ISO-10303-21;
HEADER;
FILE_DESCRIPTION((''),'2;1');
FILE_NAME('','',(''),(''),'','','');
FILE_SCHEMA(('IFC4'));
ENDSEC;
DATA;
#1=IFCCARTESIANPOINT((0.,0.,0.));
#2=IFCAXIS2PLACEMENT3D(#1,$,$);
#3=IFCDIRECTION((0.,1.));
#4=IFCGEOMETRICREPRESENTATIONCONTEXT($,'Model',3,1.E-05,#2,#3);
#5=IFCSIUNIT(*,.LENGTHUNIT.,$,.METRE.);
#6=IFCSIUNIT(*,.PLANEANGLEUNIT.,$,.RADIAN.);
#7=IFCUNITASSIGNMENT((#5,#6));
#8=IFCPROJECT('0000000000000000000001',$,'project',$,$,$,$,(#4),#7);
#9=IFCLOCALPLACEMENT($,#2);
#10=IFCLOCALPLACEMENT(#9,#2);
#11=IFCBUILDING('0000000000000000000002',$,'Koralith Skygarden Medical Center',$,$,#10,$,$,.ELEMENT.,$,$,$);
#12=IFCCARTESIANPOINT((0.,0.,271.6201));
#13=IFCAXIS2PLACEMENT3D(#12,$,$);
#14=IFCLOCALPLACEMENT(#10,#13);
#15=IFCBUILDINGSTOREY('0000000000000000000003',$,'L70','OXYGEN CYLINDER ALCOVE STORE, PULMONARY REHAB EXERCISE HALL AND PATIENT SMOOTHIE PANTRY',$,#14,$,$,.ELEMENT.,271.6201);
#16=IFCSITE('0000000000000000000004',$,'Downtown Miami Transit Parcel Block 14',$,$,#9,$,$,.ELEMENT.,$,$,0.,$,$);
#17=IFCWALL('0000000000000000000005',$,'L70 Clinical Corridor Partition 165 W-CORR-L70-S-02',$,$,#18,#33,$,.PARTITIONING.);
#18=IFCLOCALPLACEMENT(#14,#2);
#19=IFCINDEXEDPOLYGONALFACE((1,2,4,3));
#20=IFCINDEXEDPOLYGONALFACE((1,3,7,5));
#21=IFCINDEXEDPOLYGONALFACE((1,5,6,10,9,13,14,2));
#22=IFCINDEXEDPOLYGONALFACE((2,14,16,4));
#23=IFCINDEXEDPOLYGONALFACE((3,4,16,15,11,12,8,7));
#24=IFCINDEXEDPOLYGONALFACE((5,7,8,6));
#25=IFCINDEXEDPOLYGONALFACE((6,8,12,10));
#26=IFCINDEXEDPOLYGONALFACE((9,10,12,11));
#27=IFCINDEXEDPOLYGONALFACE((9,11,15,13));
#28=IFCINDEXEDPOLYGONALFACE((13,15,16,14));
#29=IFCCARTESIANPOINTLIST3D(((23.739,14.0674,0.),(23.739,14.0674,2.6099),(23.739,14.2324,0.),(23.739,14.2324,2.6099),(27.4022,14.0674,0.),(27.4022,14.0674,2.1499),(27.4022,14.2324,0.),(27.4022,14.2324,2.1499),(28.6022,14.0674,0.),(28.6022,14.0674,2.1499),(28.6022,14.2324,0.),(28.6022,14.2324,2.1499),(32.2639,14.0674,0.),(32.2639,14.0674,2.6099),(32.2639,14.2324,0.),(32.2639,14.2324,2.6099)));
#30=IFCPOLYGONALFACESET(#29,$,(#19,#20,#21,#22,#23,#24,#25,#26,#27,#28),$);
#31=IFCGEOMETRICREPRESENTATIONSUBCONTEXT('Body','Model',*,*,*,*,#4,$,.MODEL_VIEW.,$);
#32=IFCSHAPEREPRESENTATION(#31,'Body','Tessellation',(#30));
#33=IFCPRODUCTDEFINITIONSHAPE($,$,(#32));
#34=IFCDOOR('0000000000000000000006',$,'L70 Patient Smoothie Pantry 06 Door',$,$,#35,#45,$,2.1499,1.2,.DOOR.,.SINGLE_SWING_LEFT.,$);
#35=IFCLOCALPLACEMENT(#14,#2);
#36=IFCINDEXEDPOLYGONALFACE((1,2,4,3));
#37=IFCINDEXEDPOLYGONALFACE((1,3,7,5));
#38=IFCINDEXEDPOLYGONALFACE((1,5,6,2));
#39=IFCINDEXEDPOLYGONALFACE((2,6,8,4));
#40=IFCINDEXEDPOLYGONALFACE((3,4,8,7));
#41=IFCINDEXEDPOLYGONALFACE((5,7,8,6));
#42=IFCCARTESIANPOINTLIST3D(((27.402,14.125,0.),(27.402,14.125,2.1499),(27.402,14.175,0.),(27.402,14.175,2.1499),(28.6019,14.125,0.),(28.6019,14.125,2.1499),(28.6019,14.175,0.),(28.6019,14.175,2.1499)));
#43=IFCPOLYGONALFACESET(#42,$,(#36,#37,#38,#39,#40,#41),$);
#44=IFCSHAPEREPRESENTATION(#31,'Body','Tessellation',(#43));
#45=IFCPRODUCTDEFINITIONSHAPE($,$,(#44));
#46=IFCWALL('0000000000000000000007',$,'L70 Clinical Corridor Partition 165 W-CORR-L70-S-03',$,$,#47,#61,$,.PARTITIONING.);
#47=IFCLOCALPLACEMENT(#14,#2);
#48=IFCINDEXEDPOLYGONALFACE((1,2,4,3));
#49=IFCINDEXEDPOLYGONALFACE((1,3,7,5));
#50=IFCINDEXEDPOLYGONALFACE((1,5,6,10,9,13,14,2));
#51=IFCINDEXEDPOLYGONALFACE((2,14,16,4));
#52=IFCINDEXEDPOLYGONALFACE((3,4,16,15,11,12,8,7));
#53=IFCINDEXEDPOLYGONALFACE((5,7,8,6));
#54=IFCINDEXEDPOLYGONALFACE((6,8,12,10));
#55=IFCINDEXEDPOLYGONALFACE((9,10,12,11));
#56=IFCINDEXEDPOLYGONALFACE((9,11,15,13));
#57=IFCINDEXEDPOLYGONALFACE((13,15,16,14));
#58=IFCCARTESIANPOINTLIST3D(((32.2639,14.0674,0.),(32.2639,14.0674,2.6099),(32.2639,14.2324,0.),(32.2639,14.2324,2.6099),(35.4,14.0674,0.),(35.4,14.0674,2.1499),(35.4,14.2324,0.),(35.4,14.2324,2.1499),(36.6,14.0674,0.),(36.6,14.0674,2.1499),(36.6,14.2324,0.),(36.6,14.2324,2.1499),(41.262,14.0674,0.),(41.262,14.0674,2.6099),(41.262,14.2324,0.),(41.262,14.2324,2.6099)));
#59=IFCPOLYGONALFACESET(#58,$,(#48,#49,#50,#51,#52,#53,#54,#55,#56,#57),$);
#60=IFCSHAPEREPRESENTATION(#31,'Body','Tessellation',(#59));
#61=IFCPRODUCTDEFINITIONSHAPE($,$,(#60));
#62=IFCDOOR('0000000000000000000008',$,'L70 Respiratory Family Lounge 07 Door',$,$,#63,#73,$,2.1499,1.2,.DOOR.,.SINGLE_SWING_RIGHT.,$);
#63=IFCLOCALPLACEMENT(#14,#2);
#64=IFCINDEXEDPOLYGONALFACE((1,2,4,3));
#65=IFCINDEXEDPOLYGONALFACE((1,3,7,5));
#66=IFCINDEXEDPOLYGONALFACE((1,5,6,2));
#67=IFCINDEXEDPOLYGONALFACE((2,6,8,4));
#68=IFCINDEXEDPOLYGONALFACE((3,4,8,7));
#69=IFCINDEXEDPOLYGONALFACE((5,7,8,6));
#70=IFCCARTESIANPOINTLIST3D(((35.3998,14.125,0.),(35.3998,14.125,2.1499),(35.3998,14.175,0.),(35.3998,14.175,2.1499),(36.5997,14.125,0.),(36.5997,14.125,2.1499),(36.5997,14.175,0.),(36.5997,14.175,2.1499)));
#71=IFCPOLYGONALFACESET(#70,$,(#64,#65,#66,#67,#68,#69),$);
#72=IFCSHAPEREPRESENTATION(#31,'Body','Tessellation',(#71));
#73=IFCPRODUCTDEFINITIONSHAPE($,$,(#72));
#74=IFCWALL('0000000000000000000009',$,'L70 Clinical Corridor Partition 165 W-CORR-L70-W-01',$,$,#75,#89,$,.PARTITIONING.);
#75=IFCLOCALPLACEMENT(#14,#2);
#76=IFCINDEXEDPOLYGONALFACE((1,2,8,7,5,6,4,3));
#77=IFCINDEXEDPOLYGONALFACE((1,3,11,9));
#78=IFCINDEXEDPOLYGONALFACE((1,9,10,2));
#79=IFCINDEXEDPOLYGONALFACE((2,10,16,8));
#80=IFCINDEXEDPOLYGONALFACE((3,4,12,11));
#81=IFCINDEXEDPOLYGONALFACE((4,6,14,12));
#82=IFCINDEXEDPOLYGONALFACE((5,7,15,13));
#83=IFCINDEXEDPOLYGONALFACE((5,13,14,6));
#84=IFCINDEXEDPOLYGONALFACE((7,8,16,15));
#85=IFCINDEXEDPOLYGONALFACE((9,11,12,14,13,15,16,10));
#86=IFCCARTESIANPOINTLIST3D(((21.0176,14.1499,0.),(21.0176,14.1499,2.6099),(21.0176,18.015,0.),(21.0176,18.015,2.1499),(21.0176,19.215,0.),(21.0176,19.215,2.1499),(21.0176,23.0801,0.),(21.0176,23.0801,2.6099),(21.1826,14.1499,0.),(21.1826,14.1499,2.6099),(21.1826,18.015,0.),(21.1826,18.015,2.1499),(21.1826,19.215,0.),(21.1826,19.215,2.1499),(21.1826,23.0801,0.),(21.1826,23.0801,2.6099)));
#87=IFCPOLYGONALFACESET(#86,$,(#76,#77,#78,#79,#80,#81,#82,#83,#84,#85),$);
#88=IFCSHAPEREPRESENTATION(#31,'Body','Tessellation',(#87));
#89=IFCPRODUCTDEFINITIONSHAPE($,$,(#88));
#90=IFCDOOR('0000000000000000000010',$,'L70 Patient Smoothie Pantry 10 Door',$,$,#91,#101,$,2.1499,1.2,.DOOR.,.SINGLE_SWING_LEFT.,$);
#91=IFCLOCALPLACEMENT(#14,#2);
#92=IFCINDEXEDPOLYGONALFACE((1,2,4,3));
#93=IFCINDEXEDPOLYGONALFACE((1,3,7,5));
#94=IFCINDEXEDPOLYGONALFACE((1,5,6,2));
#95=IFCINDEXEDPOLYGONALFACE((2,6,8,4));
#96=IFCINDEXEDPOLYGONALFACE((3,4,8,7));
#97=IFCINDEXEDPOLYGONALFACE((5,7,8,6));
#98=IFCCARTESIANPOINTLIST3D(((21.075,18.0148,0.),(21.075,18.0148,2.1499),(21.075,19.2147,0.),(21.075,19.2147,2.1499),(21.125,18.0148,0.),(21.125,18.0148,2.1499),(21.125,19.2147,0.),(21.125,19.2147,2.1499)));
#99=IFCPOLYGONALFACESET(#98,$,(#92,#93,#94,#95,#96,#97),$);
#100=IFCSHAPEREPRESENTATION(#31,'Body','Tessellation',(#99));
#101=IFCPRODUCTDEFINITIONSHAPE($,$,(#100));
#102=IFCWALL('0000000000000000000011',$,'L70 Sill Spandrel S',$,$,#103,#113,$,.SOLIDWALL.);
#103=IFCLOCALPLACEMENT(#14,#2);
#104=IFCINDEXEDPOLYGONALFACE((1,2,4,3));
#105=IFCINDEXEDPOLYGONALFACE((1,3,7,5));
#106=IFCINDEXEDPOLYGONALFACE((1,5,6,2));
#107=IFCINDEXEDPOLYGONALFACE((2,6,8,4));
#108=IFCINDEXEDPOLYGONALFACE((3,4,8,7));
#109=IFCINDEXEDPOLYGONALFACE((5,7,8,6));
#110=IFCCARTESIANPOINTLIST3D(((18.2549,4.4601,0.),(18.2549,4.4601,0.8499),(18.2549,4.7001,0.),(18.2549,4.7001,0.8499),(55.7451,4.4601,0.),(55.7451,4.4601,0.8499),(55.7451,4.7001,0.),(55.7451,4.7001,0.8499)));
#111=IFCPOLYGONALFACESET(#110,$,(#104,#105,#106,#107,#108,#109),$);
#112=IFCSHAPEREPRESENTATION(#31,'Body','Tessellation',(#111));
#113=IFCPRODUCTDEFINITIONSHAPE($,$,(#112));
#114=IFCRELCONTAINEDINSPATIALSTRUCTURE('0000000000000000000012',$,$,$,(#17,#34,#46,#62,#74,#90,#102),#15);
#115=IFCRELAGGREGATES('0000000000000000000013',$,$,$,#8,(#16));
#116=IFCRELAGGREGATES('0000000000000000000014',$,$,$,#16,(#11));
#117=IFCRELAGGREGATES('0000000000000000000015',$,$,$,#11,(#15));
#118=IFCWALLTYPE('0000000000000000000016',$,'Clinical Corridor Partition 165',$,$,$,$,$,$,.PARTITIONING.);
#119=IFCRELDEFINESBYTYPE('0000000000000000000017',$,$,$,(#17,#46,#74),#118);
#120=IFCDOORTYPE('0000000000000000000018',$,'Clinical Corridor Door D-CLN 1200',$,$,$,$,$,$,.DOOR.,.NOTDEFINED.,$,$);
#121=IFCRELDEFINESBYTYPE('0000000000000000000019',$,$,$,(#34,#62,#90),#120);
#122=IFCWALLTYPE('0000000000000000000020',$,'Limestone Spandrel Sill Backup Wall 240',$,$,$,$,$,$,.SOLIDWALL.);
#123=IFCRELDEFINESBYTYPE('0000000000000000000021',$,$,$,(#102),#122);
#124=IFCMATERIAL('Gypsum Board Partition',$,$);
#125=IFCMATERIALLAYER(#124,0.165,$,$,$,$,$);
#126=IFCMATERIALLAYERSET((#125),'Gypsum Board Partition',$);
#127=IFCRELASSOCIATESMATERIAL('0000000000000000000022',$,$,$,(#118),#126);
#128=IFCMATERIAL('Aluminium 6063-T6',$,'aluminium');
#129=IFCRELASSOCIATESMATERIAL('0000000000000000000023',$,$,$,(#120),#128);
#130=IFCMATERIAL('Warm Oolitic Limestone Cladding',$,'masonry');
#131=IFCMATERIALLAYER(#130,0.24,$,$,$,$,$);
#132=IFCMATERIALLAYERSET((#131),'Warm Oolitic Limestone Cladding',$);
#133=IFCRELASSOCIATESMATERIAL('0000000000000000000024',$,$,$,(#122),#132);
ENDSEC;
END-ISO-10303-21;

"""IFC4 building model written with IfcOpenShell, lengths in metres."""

from ifc_helpers import new_model, si_unit, direction, frame, frame_2d, origin, place, context, subcontext, project, spatial, rectangle, extrude, material, layer, layer_set, type_object, element, fill, save


model = new_model("IFC4")

# Units and contexts
model_context = context("Model", 3, precision=1e-05, world=origin(), true_north=direction((0.0, 1.0)))
body_context = subcontext(model_context, "Body", "Model", "MODEL_VIEW")
ifc_project = project(units=[si_unit("LENGTHUNIT", "METRE"), si_unit("PLANEANGLEUNIT", "RADIAN")], contexts=[model_context])

# Site, building, storey
site_placement = place(None, origin())
site = spatial("IfcSite", under=ifc_project, at=site_placement, Name="Downtown Miami Transit Parcel Block 14", CompositionType="ELEMENT", RefElevation=0.0)
building_placement = place(site_placement, origin())
building = spatial("IfcBuilding", under=site, at=building_placement, Name="Koralith Skygarden Medical Center", CompositionType="ELEMENT")
storey_placement = place(building_placement, frame((0.0, 0.0, 271.6201)))
storey = spatial("IfcBuildingStorey", under=building, at=storey_placement, Name="L70", Description="OXYGEN CYLINDER ALCOVE STORE, PULMONARY REHAB EXERCISE HALL AND PATIENT SMOOTHIE PANTRY", CompositionType="ELEMENT", Elevation=271.6201)

# Shared definitions
ifc_material_1 = material(Name="Aluminium 6063-T6", Category="aluminium")

# Shared definitions
ifc_material_2 = material(Name="Gypsum Board Partition")

# Walls, openings, doors
ifc_layer_1 = layer(ifc_material_2, 0.165)
ifc_layer_set_1 = layer_set([ifc_layer_1], Name="Gypsum Board Partition")
wall_type_1 = type_object("IfcWallType", Name="Clinical Corridor Partition 165", PredefinedType="PARTITIONING", material=ifc_layer_set_1)
door_type = type_object("IfcDoorType", Name="Clinical Corridor Door D-CLN 1200", OperationType="NOTDEFINED", PredefinedType="DOOR", material=ifc_material_1)
wall_1_placement = place(storey_placement, frame((23.739, 14.1499, 0.0), z_axis=(0.0, 0.0, 1.0), x_axis=(1.0, 0.0, 0.0)))
wall_1 = element("IfcWall", 1, at=wall_1_placement, inside=storey, type_object=wall_type_1, Name="L70 Clinical Corridor Partition 165 W-CORR-L70-S-02", PredefinedType="PARTITIONING", context=body_context, shape_type="SweptSolid", body=[
    extrude(rectangle(XDim=8.5249, YDim=0.165, at=frame_2d((4.2625, 0.0))), origin(), (0.0, 0.0, 1.0), 2.6099),
])
opening_1_placement = place(wall_1_placement, frame((3.6631, 0.0, 0.0)))
opening_1 = element("IfcOpeningElement", 2, at=opening_1_placement, cuts=wall_1, PredefinedType="OPENING", context=body_context, shape_type="SweptSolid", body=[
    extrude(rectangle(XDim=1.2, YDim=2.1499, at=frame_2d((0.6001, 1.075))), frame((0.0, 0.0925, 0.0), z_axis=(0.0, -1.0, 0.0), x_axis=(1.0, 0.0, 0.0)), (0.0, 0.0, 1.0), 0.1851),
])
door_1_placement = place(opening_1_placement, frame((1.2, 0.0, 0.0), z_axis=(0.0, 0.0, 1.0), x_axis=(-1.0, 0.0, 0.0)))
door_1 = element("IfcDoor", 3, at=door_1_placement, inside=storey, type_object=door_type, Name="L70 Patient Smoothie Pantry 06 Door", OperationType="SINGLE_SWING_LEFT", OverallHeight=2.1499, OverallWidth=1.2, PredefinedType="DOOR", context=body_context, shape_type="SweptSolid", body=[
    extrude(rectangle(XDim=1.2, YDim=2.1499, at=frame_2d((0.6001, 1.075))), frame((0.0, 0.0249, 0.0), z_axis=(0.0, -1.0, 0.0), x_axis=(1.0, 0.0, 0.0)), (0.0, 0.0, 1.0), 0.05),
])
fill(opening_1, door_1)
wall_2_placement = place(storey_placement, frame((32.2639, 14.1499, 0.0), z_axis=(0.0, 0.0, 1.0), x_axis=(1.0, 0.0, 0.0)))
wall_2 = element("IfcWall", 4, at=wall_2_placement, inside=storey, type_object=wall_type_1, Name="L70 Clinical Corridor Partition 165 W-CORR-L70-S-03", PredefinedType="PARTITIONING", context=body_context, shape_type="SweptSolid", body=[
    extrude(rectangle(XDim=8.998, YDim=0.165, at=frame_2d((4.499, 0.0))), origin(), (0.0, 0.0, 1.0), 2.6099),
])
opening_2_placement = place(wall_2_placement, frame((3.136, 0.0, 0.0)))
opening_2 = element("IfcOpeningElement", 5, at=opening_2_placement, cuts=wall_2, PredefinedType="OPENING", context=body_context, shape_type="SweptSolid", body=[
    extrude(rectangle(XDim=1.2, YDim=2.1499, at=frame_2d((0.6001, 1.075))), frame((0.0, 0.0925, 0.0), z_axis=(0.0, -1.0, 0.0), x_axis=(1.0, 0.0, 0.0)), (0.0, 0.0, 1.0), 0.1851),
])
door_2_placement = place(opening_2_placement, frame((1.2, 0.0, 0.0), z_axis=(0.0, 0.0, 1.0), x_axis=(-1.0, 0.0, 0.0)))
door_2 = element("IfcDoor", 6, at=door_2_placement, inside=storey, type_object=door_type, Name="L70 Respiratory Family Lounge 07 Door", OperationType="SINGLE_SWING_RIGHT", OverallHeight=2.1499, OverallWidth=1.2, PredefinedType="DOOR", context=body_context, shape_type="SweptSolid", body=[
    extrude(rectangle(XDim=1.2, YDim=2.1499, at=frame_2d((0.6001, 1.075))), frame((0.0, 0.0249, 0.0), z_axis=(0.0, -1.0, 0.0), x_axis=(1.0, 0.0, 0.0)), (0.0, 0.0, 1.0), 0.05),
])
fill(opening_2, door_2)
wall_3_placement = place(storey_placement, frame((21.1001, 14.1499, 0.0), z_axis=(0.0, 0.0, 1.0), x_axis=(0.0, 1.0, 0.0)))
wall_3 = element("IfcWall", 7, at=wall_3_placement, inside=storey, type_object=wall_type_1, Name="L70 Clinical Corridor Partition 165 W-CORR-L70-W-01", PredefinedType="PARTITIONING", context=body_context, shape_type="SweptSolid", body=[
    extrude(rectangle(XDim=8.9302, YDim=0.165, at=frame_2d((4.4651, 0.0))), origin(), (0.0, 0.0, 1.0), 2.6099),
])
opening_3_placement = place(wall_3_placement, frame((3.865, 0.0, 0.0)))
opening_3 = element("IfcOpeningElement", 8, at=opening_3_placement, cuts=wall_3, PredefinedType="OPENING", context=body_context, shape_type="SweptSolid", body=[
    extrude(rectangle(XDim=1.2, YDim=2.1499, at=frame_2d((0.6001, 1.075))), frame((0.0, 0.0925, 0.0), z_axis=(0.0, -1.0, 0.0), x_axis=(1.0, 0.0, 0.0)), (0.0, 0.0, 1.0), 0.1851),
])
door_3_placement = place(opening_3_placement, frame((1.2, 0.0, 0.0), z_axis=(0.0, 0.0, 1.0), x_axis=(-1.0, 0.0, 0.0)))
door_3 = element("IfcDoor", 9, at=door_3_placement, inside=storey, type_object=door_type, Name="L70 Patient Smoothie Pantry 10 Door", OperationType="SINGLE_SWING_LEFT", OverallHeight=2.1499, OverallWidth=1.2, PredefinedType="DOOR", context=body_context, shape_type="SweptSolid", body=[
    extrude(rectangle(XDim=1.2, YDim=2.1499, at=frame_2d((0.6001, 1.075))), frame((0.0, 0.0249, 0.0), z_axis=(0.0, -1.0, 0.0), x_axis=(1.0, 0.0, 0.0)), (0.0, 0.0, 1.0), 0.05),
])
fill(opening_3, door_3)

# Wall
ifc_material_3 = material(Name="Warm Oolitic Limestone Cladding", Category="masonry")
ifc_layer_2 = layer(ifc_material_3, 0.24)
ifc_layer_set_2 = layer_set([ifc_layer_2], Name="Warm Oolitic Limestone Cladding")
wall_type_2 = type_object("IfcWallType", Name="Limestone Spandrel Sill Backup Wall 240", PredefinedType="SOLIDWALL", material=ifc_layer_set_2)
wall_4_placement = place(storey_placement, frame((18.2549, 4.5801, 0.0), z_axis=(0.0, 0.0, 1.0), x_axis=(1.0, 0.0, 0.0)))
element("IfcWall", 10, at=wall_4_placement, inside=storey, type_object=wall_type_2, Name="L70 Sill Spandrel S", PredefinedType="SOLIDWALL", context=body_context, shape_type="SweptSolid", body=[
    extrude(rectangle(XDim=37.4902, YDim=0.24, at=frame_2d((18.7451, 0.0))), origin(), (0.0, 0.0, 1.0), 0.8499),
])

save(model, "model.ifc")
